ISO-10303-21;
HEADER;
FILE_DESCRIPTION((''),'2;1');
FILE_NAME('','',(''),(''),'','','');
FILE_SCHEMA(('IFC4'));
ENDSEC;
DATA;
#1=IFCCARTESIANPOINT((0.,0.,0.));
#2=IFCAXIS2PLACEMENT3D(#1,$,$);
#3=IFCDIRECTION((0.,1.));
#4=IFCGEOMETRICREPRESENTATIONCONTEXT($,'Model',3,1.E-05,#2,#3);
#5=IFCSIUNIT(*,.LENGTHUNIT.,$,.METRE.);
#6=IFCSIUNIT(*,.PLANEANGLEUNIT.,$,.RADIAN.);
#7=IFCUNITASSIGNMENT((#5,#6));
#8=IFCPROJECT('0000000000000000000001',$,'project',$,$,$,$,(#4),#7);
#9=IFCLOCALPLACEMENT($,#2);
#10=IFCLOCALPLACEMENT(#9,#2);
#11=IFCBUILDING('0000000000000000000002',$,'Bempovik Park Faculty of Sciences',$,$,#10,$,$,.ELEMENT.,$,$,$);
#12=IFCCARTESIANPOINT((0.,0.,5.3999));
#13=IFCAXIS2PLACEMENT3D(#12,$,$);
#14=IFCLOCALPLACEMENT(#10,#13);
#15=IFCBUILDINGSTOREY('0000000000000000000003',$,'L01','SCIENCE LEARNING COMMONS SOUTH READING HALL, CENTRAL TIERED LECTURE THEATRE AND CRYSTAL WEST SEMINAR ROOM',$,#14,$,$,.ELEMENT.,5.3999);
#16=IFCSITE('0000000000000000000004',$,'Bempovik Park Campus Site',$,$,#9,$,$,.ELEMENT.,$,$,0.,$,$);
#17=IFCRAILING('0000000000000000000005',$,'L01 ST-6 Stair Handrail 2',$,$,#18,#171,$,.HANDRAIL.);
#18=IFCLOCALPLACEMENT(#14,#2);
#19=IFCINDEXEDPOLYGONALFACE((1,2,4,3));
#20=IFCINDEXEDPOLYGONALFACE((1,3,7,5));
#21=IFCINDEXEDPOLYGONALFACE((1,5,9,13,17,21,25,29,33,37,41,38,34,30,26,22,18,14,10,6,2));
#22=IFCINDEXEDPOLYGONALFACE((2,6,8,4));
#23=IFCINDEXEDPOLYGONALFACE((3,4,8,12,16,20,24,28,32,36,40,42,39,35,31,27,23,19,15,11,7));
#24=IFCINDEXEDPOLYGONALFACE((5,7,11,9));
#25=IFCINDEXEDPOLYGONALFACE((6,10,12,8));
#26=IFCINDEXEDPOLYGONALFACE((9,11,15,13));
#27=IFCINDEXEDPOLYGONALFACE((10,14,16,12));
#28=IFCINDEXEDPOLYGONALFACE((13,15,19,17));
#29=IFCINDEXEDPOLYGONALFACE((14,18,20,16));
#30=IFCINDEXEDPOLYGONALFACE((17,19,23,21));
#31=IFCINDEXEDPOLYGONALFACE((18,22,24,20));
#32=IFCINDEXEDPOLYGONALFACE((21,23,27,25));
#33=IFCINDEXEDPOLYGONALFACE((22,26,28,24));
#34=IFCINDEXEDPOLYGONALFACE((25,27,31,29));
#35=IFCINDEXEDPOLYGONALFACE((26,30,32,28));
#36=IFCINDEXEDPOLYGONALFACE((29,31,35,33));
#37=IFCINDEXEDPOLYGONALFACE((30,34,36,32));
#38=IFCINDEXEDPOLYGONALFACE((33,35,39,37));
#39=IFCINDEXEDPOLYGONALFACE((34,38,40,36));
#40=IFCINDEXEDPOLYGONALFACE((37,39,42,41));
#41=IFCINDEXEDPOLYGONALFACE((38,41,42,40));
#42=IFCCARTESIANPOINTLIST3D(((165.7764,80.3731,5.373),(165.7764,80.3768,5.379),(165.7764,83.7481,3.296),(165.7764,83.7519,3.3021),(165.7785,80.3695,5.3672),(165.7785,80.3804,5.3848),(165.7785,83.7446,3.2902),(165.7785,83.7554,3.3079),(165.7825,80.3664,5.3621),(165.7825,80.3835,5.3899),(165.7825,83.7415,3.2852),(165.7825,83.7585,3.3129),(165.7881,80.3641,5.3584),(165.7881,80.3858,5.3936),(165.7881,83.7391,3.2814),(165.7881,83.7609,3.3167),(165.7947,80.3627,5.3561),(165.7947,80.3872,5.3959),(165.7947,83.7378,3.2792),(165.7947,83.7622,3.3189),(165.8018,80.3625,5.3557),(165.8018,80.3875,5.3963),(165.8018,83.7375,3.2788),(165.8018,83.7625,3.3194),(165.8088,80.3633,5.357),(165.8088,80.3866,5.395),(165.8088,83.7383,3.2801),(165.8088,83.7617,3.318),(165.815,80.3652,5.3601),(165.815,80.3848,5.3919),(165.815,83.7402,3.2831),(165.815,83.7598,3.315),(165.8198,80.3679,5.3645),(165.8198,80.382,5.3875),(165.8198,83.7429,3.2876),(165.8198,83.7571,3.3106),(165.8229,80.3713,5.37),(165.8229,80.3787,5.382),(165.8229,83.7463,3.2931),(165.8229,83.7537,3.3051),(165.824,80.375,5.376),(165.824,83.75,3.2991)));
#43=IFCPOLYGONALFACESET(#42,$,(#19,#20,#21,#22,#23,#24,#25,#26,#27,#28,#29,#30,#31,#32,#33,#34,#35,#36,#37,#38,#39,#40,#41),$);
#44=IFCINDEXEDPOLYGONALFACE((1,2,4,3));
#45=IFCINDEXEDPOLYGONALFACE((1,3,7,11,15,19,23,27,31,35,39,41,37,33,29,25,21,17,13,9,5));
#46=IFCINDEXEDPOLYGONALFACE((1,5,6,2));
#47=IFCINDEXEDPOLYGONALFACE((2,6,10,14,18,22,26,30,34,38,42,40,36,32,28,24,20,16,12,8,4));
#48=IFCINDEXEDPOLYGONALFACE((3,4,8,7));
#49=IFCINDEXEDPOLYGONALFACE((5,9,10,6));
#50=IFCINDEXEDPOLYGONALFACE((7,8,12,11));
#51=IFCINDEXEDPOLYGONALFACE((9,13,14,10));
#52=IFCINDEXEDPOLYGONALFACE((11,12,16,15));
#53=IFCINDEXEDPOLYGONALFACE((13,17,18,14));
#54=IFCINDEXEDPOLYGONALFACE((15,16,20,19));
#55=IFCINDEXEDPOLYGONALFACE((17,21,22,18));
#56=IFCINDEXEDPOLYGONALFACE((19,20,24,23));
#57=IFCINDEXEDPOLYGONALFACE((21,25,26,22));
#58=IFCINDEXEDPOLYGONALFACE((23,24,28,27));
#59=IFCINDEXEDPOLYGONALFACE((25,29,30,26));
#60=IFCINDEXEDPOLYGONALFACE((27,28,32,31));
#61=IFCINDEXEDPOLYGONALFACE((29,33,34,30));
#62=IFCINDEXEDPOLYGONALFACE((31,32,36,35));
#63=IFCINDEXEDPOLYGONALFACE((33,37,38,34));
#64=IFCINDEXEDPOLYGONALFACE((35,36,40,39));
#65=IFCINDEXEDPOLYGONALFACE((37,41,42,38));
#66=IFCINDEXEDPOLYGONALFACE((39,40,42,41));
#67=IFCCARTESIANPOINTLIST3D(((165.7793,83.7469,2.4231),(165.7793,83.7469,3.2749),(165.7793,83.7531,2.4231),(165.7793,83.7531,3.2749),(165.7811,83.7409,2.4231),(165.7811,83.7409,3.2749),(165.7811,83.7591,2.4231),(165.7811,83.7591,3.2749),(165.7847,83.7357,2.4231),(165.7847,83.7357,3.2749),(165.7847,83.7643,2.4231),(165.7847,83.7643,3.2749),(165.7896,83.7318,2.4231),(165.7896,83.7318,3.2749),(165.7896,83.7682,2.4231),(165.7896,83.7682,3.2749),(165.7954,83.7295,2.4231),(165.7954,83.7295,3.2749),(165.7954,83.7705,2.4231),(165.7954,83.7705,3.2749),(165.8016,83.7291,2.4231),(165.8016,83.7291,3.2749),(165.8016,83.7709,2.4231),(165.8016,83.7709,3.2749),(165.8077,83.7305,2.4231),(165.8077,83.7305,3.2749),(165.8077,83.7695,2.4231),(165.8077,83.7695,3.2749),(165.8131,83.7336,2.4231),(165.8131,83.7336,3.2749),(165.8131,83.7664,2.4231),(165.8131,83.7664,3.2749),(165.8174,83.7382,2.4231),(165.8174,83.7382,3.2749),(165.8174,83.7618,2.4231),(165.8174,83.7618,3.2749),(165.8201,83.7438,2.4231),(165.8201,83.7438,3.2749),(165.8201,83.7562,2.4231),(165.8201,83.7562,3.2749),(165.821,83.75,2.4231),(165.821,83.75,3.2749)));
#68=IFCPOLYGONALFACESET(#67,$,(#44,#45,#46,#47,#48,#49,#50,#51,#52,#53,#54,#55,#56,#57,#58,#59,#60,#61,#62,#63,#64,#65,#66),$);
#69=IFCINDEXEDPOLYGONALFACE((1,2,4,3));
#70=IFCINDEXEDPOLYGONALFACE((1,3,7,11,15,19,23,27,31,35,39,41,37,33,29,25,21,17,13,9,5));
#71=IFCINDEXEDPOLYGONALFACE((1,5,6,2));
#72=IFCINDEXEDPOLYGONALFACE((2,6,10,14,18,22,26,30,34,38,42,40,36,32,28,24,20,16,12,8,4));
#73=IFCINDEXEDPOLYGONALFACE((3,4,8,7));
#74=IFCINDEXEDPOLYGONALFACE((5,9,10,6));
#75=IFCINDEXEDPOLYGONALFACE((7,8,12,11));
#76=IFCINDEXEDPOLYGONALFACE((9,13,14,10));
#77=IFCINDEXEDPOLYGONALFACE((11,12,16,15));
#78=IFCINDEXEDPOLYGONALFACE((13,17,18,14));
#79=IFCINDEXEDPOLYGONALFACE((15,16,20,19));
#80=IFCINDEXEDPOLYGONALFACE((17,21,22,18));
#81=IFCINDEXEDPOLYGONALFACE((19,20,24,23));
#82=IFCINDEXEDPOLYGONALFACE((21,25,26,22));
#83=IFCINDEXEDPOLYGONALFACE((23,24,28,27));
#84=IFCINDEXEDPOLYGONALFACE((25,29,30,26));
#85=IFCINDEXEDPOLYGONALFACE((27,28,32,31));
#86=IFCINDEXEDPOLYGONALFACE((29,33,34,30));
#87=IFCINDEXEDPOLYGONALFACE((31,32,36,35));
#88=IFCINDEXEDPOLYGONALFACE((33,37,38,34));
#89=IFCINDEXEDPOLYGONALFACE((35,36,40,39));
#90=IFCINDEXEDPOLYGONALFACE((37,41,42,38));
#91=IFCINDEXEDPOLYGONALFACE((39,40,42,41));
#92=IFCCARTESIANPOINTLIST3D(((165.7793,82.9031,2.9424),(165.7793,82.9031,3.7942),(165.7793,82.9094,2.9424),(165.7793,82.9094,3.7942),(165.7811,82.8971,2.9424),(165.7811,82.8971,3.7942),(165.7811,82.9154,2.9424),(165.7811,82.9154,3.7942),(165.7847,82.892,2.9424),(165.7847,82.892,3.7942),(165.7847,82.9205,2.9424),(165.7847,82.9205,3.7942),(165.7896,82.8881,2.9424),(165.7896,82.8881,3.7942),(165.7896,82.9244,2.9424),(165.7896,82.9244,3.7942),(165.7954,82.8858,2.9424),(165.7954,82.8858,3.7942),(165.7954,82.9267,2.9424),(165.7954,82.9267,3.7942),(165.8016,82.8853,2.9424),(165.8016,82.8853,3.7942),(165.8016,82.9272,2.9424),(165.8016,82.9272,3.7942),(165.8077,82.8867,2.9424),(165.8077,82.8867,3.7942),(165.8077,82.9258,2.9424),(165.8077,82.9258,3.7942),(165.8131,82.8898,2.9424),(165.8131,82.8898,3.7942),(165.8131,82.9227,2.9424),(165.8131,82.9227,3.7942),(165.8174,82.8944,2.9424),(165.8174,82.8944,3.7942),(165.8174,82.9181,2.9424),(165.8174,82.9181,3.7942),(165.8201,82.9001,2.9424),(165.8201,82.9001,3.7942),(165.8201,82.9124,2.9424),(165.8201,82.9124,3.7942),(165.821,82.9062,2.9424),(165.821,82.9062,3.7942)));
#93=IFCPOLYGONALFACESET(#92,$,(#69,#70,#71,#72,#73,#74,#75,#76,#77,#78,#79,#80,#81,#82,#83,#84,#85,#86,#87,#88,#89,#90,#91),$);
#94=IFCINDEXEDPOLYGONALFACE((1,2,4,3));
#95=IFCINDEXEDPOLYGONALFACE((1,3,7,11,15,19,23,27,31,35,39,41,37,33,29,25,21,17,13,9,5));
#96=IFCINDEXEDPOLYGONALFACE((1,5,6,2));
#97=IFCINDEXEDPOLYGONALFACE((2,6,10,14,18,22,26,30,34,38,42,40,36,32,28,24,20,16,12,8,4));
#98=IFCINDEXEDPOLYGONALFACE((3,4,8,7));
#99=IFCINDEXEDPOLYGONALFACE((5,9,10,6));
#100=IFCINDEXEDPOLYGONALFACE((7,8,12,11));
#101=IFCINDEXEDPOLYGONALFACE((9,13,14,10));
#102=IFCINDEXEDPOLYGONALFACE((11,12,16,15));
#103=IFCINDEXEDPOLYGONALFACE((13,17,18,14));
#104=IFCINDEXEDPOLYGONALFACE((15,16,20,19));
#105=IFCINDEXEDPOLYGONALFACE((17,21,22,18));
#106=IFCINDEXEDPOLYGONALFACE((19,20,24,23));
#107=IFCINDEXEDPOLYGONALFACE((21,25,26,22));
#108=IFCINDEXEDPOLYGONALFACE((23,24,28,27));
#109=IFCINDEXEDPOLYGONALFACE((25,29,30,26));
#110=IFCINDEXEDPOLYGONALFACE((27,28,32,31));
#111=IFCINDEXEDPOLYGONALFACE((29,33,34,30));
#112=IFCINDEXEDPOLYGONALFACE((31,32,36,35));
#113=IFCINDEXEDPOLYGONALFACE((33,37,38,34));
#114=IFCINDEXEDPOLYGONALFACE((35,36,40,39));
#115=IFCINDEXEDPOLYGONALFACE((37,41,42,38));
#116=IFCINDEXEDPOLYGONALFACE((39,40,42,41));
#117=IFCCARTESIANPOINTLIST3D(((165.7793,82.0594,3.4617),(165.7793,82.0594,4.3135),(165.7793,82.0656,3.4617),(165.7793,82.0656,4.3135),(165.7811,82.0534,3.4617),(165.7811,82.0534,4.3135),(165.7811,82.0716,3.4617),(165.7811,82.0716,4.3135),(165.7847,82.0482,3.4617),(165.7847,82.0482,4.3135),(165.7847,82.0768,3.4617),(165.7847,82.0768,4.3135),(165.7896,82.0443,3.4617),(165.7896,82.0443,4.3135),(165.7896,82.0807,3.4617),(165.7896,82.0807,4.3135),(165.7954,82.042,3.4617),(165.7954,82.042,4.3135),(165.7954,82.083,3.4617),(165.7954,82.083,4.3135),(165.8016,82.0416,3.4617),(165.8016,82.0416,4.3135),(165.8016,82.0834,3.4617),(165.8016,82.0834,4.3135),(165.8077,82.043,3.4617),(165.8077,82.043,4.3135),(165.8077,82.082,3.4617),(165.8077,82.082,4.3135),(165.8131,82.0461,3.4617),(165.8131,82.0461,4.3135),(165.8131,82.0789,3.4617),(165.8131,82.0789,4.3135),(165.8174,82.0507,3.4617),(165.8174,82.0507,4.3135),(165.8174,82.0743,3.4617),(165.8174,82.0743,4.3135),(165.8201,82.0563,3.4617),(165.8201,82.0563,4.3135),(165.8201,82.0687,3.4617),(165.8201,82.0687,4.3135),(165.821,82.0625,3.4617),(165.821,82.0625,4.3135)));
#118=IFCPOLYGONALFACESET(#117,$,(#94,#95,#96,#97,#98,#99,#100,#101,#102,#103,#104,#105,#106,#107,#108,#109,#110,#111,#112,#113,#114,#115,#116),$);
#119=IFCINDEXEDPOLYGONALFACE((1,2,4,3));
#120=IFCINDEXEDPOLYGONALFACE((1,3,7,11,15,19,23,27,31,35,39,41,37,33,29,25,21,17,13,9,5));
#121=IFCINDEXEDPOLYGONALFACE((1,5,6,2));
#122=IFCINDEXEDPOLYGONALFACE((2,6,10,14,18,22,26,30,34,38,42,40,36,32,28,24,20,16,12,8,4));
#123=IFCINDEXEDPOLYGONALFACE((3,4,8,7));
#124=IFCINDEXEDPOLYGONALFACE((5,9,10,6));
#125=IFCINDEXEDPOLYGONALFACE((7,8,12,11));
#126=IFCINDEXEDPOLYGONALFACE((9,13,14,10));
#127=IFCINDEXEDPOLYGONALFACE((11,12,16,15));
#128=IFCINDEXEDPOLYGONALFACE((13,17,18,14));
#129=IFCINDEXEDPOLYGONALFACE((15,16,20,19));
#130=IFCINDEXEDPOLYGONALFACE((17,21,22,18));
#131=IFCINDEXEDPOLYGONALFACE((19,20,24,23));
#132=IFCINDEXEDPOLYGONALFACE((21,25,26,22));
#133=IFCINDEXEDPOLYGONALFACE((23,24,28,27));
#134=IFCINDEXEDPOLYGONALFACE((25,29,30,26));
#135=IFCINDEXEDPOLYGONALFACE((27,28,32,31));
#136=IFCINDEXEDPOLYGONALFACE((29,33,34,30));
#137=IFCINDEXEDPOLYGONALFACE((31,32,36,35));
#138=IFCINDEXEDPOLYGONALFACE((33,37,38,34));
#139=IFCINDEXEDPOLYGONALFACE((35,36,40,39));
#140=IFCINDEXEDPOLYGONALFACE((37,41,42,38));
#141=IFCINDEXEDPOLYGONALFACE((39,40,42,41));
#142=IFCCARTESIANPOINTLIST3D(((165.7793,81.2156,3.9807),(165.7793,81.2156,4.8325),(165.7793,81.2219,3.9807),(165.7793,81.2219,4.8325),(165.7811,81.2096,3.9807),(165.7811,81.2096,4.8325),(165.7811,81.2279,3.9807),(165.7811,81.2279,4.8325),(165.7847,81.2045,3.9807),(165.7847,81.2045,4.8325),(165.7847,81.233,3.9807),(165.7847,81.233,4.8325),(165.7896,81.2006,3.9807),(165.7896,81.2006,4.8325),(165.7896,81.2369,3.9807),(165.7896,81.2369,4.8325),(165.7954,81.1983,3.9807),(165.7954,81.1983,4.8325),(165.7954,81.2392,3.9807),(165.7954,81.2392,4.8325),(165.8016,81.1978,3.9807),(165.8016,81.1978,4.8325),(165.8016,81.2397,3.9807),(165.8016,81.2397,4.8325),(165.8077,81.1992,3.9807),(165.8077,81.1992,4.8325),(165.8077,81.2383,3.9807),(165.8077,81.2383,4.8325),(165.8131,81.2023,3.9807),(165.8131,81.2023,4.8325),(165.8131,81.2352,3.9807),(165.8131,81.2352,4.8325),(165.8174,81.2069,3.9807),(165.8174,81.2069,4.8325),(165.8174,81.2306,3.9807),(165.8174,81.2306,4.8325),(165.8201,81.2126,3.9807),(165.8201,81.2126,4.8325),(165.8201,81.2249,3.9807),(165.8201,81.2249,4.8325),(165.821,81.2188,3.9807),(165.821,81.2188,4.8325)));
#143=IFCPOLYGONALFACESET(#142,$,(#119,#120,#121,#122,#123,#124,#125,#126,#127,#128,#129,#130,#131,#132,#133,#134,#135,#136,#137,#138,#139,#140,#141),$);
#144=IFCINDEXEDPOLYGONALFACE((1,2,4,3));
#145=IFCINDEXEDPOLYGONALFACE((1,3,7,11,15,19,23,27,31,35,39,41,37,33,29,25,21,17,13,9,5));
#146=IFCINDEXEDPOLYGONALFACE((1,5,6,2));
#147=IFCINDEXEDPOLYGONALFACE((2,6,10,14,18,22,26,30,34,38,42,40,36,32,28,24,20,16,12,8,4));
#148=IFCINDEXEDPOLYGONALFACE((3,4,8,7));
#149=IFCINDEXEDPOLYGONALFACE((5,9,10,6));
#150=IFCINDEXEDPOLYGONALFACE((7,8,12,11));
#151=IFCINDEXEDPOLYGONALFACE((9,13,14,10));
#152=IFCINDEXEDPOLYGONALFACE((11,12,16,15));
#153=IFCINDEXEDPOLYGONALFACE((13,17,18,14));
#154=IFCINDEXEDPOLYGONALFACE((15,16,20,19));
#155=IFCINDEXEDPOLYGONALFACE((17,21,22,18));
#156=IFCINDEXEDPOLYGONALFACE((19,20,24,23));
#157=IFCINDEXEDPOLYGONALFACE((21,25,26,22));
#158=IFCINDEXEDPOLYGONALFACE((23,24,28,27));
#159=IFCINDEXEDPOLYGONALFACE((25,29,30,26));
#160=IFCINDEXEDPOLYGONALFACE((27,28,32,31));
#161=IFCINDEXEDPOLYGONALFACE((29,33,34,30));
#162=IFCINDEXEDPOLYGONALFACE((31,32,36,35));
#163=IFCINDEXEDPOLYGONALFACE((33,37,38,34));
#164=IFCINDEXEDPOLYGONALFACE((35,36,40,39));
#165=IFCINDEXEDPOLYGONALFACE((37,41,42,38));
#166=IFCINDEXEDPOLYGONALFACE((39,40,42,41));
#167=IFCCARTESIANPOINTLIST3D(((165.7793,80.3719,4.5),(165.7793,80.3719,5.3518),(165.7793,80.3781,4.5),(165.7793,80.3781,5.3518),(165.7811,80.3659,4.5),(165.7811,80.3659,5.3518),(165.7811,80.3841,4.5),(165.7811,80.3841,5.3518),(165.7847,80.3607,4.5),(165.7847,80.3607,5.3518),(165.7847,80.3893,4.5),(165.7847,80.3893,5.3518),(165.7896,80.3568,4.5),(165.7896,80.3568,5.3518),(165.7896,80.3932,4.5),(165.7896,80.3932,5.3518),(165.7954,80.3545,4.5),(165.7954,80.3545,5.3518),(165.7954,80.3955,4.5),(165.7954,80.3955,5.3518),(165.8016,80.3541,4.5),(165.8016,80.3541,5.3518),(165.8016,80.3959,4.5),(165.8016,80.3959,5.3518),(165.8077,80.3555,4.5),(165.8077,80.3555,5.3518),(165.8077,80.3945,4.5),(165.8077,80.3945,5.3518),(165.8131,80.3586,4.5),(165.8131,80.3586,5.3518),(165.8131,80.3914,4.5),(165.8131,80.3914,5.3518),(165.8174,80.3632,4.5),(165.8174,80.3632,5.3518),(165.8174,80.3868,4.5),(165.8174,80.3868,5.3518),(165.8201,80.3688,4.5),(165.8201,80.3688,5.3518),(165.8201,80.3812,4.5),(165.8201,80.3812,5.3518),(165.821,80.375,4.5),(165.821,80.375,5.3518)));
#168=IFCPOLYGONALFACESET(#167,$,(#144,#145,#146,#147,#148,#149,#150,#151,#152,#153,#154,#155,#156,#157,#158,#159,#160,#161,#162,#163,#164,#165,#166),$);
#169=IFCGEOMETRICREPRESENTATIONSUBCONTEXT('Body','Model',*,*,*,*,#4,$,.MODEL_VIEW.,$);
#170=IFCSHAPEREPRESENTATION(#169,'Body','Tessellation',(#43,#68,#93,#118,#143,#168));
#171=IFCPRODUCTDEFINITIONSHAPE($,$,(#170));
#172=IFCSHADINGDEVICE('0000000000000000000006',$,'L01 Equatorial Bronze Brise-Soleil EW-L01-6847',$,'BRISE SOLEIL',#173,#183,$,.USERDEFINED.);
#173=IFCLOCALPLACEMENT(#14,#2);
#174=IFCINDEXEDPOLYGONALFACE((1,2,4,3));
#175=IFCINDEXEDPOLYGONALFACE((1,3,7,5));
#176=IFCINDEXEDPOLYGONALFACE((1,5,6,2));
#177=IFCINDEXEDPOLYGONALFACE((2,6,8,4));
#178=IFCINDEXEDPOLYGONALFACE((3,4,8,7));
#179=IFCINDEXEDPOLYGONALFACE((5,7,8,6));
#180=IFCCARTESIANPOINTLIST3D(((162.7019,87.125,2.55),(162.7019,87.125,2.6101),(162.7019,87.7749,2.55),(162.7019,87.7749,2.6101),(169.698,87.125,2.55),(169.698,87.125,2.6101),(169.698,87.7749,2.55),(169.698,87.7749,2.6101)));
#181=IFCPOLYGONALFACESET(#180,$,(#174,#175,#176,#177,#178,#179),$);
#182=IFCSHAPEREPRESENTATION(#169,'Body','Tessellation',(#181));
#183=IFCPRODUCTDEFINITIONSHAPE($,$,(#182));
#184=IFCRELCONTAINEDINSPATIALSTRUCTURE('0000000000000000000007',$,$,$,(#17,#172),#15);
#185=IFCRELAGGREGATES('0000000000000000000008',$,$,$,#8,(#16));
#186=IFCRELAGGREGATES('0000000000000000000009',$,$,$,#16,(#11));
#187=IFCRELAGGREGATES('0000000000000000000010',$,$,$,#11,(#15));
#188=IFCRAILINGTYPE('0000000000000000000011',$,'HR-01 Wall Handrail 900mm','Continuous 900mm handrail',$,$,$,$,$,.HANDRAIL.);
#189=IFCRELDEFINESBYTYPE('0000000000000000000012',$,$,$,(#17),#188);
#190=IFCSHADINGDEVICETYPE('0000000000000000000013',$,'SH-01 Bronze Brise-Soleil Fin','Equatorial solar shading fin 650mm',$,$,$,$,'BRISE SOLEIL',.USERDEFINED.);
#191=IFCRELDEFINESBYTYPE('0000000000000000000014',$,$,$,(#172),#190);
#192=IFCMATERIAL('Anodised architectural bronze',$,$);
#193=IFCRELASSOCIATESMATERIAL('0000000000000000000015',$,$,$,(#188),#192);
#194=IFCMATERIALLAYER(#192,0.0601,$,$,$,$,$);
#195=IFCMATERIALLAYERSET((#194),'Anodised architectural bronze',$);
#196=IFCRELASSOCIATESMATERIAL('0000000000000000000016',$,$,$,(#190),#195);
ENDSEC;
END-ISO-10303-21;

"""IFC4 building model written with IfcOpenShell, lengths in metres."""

from ifc_helpers import new_model, si_unit, direction, frame, origin, origin_2d, place, context, subcontext, project, spatial, rectangle, circle, extrude, material, layer, layer_set, type_object, element, save


model = new_model("IFC4")

# Units and contexts
model_context = context("Model", 3, precision=1e-05, world=origin(), true_north=direction((0.0, 1.0)))
body_context = subcontext(model_context, "Body", "Model", "MODEL_VIEW")
ifc_project = project(units=[si_unit("LENGTHUNIT", "METRE"), si_unit("PLANEANGLEUNIT", "RADIAN")], contexts=[model_context])

# Site, building, storey
site_placement = place(None, origin())
site = spatial("IfcSite", under=ifc_project, at=site_placement, Name="Bempovik Park Campus Site", CompositionType="ELEMENT", RefElevation=0.0)
building_placement = place(site_placement, origin())
building = spatial("IfcBuilding", under=site, at=building_placement, Name="Bempovik Park Faculty of Sciences", CompositionType="ELEMENT")
storey_placement = place(building_placement, frame((0.0, 0.0, 5.3999)))
storey = spatial("IfcBuildingStorey", under=building, at=storey_placement, Name="L01", Description="SCIENCE LEARNING COMMONS SOUTH READING HALL, CENTRAL TIERED LECTURE THEATRE AND CRYSTAL WEST SEMINAR ROOM", CompositionType="ELEMENT", Elevation=5.3999)

# Railing
ifc_material_1 = material(Name="Anodised architectural bronze")
railing_type_1 = type_object("IfcRailingType", Name="HR-01 Wall Handrail 900mm", Description="Continuous 900mm handrail", PredefinedType="HANDRAIL", material=ifc_material_1)
railing_1_placement = place(storey_placement, frame((165.8, 83.75, 2.4231)))
element("IfcRailing", 1, at=railing_1_placement, inside=storey, type_object=railing_type_1, Name="L01 ST-6 Stair Handrail 2", PredefinedType="HANDRAIL", context=body_context, shape_type="SweptSolid", body=[
    extrude(circle(Radius=0.0239, at=origin_2d()), frame((0.0, 0.0, 0.876), z_axis=(0.0, -0.85166, 0.524094), x_axis=(1.0, 0.0, 0.0)), (0.0, 0.0, 1.0), 3.9629),
    extrude(circle(Radius=0.021, at=origin_2d()), origin(), (0.0, 0.0, 1.0), 0.8518),
    extrude(circle(Radius=0.021, at=origin_2d()), frame((0.0, -0.8438, 0.5193)), (0.0, 0.0, 1.0), 0.8518),
    extrude(circle(Radius=0.021, at=origin_2d()), frame((0.0, -1.6875, 1.0386)), (0.0, 0.0, 1.0), 0.8518),
    extrude(circle(Radius=0.021, at=origin_2d()), frame((0.0, -2.5312, 1.5576)), (0.0, 0.0, 1.0), 0.8518),
    extrude(circle(Radius=0.021, at=origin_2d()), frame((0.0, -3.375, 2.0769)), (0.0, 0.0, 1.0), 0.8518),
])

# Shading device
ifc_layer_1 = layer(ifc_material_1, 0.0601)
ifc_layer_set_1 = layer_set([ifc_layer_1], Name="Anodised architectural bronze")
shading_device_type = type_object("IfcShadingDeviceType", Name="SH-01 Bronze Brise-Soleil Fin", Description="Equatorial solar shading fin 650mm", ElementType="BRISE SOLEIL", PredefinedType="USERDEFINED", material=ifc_layer_set_1)
shading_device_placement = place(storey_placement, frame((166.2, 87.45, 2.55), z_axis=(0.0, 0.0, 1.0), x_axis=(1.0, 0.0, 0.0)))
element("IfcShadingDevice", 2, at=shading_device_placement, inside=storey, type_object=shading_device_type, Name="L01 Equatorial Bronze Brise-Soleil EW-L01-6847", ObjectType="BRISE SOLEIL", PredefinedType="USERDEFINED", context=body_context, shape_type="SweptSolid", body=[
    extrude(rectangle(XDim=6.9961, YDim=0.6499, at=origin_2d()), origin(), (0.0, 0.0, 1.0), 0.0601),
])

save(model, "model.ifc")
